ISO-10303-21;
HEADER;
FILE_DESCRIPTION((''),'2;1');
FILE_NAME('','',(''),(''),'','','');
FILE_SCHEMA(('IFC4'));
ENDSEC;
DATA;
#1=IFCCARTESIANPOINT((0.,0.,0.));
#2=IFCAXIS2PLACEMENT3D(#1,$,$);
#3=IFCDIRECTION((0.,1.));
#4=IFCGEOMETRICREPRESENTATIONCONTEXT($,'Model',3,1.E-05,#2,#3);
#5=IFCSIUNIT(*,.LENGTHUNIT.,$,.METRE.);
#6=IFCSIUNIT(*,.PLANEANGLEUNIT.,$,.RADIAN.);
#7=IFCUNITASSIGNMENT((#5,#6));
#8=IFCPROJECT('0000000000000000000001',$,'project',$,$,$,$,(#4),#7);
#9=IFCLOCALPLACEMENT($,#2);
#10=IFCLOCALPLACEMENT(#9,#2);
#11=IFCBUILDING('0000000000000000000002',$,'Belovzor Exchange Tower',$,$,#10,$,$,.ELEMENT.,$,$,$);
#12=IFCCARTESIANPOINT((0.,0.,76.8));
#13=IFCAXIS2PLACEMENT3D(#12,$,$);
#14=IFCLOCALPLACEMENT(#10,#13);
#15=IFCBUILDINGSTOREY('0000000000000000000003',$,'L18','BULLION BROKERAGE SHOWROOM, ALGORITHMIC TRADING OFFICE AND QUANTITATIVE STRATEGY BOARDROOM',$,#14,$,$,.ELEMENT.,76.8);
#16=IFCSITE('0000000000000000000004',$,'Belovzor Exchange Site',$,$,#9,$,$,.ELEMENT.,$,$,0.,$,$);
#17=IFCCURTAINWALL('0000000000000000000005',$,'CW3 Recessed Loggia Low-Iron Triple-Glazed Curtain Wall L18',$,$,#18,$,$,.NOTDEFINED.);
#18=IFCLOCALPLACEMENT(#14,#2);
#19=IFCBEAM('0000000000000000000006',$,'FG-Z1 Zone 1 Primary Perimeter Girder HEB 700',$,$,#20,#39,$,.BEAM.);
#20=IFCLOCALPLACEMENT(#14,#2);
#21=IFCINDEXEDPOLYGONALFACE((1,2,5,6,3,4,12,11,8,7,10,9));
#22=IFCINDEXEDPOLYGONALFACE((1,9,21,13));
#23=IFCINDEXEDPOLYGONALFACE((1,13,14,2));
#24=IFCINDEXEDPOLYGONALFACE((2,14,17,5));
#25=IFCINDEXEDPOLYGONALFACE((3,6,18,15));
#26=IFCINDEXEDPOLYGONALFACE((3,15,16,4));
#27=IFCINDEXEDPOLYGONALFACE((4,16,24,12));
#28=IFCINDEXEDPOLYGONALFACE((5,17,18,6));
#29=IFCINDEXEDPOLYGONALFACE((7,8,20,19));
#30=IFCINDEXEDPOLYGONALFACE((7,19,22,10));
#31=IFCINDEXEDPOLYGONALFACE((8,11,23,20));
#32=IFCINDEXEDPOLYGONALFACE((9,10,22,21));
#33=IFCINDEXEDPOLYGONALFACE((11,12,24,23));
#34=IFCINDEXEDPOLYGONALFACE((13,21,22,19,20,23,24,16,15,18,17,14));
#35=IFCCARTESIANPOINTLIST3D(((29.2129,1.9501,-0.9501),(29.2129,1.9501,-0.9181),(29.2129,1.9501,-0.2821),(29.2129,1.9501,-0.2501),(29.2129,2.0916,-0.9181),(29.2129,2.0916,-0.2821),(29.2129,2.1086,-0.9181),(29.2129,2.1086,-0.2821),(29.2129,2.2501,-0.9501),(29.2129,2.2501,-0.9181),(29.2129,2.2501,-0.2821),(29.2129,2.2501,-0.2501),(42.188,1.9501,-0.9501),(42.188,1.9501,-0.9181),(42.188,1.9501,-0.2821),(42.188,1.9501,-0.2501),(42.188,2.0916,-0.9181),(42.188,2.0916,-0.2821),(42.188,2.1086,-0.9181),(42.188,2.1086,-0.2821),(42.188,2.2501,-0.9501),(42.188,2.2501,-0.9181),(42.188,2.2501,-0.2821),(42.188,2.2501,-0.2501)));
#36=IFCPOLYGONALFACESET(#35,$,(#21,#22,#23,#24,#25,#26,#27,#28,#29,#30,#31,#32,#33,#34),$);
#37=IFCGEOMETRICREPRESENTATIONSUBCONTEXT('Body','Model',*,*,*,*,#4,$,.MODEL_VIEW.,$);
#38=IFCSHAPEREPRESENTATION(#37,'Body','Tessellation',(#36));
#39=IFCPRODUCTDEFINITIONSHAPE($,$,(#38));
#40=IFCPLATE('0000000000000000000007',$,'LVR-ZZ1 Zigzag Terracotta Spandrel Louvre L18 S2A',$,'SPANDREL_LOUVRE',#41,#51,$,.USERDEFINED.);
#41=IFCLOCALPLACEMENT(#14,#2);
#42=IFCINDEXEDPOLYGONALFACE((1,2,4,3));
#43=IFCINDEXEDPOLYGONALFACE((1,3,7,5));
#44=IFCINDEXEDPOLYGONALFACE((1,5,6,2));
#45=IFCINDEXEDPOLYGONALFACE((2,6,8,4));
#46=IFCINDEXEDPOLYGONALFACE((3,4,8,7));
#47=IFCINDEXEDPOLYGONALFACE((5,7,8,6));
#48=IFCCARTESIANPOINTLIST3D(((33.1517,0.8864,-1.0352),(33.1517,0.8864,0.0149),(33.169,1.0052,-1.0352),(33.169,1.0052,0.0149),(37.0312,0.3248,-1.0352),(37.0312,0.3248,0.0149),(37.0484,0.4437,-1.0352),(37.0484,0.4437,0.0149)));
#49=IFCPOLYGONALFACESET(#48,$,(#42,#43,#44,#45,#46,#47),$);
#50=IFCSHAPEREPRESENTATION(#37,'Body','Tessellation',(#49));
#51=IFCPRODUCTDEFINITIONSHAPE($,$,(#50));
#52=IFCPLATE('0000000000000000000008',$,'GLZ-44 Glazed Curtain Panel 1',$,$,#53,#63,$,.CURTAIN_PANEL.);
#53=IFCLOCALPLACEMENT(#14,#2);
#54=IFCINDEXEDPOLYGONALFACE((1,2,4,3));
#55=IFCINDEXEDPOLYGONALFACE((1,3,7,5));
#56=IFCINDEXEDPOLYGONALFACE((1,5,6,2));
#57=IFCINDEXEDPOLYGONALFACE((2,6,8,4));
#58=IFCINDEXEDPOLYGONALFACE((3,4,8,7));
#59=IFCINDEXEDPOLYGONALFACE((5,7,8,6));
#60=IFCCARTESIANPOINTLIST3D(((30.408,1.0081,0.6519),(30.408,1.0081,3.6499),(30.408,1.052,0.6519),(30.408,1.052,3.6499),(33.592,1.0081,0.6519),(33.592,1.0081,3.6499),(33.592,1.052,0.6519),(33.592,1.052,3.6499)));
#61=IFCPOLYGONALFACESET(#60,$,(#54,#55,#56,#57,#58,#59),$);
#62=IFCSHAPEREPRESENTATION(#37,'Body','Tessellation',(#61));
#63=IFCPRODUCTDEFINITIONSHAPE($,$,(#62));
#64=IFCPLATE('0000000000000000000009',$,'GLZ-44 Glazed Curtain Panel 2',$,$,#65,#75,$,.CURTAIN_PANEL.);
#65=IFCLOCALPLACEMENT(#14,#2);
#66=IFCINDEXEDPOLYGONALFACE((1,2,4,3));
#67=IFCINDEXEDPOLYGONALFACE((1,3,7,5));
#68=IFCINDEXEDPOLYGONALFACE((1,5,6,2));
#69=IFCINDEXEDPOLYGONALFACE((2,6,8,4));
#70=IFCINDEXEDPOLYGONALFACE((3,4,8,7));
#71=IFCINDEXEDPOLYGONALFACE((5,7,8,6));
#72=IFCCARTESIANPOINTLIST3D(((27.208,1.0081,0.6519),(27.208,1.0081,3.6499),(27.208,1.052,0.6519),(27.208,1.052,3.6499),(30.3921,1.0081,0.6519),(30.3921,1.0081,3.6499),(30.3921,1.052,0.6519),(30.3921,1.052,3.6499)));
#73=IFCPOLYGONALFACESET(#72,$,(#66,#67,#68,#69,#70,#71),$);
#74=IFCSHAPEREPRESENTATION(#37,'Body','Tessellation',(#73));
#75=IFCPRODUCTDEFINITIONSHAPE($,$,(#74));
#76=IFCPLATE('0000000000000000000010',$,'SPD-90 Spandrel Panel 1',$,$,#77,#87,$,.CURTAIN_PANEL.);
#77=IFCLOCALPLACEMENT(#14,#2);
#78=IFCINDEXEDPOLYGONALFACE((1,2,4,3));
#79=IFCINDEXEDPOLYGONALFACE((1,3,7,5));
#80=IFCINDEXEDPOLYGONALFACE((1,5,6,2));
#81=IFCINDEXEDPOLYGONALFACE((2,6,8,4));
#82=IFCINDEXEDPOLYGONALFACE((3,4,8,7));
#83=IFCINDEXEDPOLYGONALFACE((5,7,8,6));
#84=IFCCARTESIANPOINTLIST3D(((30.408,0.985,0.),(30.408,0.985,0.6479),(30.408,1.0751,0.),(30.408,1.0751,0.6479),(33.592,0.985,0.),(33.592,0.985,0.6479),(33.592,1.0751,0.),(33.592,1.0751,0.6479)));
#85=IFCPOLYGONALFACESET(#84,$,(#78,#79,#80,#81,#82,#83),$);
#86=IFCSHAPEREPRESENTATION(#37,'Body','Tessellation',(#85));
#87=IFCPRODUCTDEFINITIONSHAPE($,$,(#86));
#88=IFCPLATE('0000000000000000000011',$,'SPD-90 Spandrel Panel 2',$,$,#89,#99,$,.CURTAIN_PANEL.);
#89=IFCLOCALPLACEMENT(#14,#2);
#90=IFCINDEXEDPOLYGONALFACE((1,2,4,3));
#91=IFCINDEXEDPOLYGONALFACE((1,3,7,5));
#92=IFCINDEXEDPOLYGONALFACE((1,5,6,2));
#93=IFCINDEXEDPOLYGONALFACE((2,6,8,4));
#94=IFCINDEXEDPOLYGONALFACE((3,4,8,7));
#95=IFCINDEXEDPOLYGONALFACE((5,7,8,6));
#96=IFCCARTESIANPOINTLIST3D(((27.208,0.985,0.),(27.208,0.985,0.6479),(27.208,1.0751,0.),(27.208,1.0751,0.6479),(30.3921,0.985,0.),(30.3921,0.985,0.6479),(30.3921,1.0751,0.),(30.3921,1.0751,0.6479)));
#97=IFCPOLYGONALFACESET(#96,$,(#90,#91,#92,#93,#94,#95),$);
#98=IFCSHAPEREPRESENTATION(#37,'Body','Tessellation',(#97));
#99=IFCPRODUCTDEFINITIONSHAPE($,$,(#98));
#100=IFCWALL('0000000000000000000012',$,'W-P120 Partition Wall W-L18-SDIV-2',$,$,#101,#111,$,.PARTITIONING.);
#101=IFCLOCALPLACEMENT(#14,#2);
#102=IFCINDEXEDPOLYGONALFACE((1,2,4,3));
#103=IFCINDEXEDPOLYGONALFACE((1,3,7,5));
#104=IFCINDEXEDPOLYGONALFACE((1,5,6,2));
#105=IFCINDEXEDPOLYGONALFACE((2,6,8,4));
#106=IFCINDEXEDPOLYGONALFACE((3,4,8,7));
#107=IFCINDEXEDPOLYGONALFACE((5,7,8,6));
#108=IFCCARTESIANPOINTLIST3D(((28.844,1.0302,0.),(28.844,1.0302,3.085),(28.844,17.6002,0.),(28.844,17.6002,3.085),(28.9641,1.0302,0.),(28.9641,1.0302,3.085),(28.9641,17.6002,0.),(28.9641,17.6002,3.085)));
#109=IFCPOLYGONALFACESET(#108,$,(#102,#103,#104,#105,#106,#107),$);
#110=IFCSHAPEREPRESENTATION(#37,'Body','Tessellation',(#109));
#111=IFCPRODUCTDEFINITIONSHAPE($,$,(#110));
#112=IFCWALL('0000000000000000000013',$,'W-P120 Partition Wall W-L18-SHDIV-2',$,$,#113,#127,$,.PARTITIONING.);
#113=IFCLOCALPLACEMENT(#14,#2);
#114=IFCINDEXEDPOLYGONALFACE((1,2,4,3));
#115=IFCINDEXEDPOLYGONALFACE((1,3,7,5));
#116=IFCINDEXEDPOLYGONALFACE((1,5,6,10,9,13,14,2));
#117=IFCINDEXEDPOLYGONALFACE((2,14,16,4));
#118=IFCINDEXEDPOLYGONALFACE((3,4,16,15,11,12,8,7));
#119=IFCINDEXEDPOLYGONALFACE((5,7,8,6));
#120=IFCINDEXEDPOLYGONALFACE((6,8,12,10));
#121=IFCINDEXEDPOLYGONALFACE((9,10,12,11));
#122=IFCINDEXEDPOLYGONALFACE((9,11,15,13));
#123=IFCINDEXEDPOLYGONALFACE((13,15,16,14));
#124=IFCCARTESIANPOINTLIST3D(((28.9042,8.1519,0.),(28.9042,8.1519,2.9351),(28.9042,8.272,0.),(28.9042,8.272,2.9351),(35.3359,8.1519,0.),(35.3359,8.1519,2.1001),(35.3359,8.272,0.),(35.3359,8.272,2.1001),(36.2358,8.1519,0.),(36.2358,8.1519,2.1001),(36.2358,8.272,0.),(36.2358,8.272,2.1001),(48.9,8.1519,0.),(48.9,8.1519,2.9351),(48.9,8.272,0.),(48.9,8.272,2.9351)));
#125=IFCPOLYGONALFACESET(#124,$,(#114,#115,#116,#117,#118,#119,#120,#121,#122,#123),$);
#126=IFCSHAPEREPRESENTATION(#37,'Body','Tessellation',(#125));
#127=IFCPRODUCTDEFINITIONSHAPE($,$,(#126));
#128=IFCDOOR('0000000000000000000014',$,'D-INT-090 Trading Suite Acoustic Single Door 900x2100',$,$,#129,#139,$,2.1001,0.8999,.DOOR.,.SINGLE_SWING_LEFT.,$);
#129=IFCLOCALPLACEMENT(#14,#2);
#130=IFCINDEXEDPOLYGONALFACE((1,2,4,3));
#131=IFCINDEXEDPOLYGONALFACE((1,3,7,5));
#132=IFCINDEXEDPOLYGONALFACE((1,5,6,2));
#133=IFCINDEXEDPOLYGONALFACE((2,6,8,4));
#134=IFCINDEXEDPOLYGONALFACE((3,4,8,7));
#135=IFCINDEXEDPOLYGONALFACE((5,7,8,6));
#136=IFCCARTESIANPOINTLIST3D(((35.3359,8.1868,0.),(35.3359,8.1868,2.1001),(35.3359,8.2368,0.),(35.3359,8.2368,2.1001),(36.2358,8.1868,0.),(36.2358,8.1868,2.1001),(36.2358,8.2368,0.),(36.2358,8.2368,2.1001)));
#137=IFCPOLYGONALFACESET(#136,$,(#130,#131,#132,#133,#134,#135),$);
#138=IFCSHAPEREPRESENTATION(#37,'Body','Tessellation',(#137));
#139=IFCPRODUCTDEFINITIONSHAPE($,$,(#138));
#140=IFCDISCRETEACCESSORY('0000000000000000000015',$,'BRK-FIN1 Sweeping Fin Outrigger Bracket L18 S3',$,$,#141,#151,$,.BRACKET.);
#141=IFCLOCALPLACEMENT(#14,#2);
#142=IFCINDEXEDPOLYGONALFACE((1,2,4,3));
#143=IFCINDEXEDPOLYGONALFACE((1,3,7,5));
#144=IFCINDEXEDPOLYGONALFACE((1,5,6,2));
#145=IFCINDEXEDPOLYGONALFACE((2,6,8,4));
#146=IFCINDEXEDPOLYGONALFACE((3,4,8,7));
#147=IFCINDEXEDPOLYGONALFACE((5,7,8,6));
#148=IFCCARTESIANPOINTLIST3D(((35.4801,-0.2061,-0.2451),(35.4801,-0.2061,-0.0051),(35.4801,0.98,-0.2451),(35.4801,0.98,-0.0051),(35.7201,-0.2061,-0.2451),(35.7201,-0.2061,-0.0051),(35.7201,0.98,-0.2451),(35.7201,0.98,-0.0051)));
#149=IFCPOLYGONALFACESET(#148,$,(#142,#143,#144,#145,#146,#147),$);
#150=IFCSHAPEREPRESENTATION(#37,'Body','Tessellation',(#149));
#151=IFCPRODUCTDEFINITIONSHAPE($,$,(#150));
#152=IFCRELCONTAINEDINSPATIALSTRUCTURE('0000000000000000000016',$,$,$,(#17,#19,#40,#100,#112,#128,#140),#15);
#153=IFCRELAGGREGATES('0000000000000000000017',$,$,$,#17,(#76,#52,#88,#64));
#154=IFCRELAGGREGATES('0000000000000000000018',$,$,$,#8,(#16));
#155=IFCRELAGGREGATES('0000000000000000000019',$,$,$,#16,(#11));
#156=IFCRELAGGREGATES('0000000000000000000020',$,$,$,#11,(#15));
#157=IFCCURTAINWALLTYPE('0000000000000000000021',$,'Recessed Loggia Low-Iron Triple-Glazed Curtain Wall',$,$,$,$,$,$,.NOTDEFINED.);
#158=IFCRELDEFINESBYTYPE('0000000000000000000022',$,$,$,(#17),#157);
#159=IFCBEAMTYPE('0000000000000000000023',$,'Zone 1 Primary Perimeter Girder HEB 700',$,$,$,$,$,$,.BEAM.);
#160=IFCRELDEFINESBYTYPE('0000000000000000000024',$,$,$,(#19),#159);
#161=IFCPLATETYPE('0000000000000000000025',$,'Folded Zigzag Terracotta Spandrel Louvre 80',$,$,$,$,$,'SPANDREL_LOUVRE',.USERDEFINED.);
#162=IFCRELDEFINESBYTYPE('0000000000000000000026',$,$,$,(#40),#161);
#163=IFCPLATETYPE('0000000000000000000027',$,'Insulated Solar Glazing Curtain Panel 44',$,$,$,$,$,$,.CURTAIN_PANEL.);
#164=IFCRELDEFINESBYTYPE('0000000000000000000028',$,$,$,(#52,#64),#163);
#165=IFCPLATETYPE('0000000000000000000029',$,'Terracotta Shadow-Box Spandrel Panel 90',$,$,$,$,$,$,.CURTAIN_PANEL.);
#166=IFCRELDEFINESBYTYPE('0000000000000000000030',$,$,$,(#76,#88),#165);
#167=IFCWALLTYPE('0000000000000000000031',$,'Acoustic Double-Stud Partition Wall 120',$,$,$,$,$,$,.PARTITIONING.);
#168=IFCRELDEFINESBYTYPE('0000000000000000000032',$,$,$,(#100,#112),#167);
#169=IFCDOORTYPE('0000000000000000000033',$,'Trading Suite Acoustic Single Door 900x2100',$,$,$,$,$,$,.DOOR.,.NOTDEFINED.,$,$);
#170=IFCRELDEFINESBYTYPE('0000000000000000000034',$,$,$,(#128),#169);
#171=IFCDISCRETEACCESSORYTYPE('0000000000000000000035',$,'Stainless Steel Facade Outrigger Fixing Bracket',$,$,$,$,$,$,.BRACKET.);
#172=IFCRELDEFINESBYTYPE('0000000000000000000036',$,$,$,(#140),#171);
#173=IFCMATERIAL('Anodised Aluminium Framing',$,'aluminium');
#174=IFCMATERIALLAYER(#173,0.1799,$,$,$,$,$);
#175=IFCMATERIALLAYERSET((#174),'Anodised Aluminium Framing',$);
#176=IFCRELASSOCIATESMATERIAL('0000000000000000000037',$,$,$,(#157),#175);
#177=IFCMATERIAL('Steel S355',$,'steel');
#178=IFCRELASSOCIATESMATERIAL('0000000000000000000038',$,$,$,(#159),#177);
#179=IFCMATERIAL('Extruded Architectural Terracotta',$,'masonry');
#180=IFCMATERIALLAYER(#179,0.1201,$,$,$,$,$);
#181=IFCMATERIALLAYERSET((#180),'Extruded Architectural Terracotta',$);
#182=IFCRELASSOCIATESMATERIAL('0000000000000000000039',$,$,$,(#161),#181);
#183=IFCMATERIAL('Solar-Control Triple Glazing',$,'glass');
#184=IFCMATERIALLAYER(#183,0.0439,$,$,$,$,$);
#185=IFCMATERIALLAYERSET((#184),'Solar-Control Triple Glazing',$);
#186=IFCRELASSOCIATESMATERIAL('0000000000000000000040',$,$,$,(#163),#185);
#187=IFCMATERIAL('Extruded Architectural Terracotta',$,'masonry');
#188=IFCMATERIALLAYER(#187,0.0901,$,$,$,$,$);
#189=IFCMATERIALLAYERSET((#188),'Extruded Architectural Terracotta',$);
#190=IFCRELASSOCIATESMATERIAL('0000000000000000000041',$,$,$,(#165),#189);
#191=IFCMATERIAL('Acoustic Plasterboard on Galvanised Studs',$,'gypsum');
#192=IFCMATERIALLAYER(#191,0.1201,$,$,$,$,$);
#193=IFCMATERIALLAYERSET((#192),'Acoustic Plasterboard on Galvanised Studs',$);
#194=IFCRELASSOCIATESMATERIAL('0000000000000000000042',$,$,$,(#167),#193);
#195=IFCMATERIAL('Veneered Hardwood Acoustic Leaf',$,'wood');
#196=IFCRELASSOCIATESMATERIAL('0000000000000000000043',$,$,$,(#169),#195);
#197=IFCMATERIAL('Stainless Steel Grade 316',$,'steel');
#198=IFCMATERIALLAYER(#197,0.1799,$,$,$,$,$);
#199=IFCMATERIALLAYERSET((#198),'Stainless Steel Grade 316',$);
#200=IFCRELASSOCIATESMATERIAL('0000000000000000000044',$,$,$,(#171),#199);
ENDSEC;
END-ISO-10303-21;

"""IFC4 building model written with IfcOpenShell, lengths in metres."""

from ifc_helpers import new_model, si_unit, direction, frame, frame_2d, origin, origin_2d, place, context, subcontext, project, spatial, rectangle, i_section, extrude, material, layer, layer_set, material_profile, profile_set, type_object, element, fill, aggregate, save


model = new_model("IFC4")

# Units and contexts
model_context = context("Model", 3, precision=1e-05, world=origin(), true_north=direction((0.0, 1.0)))
body_context = subcontext(model_context, "Body", "Model", "MODEL_VIEW")
ifc_project = project(units=[si_unit("LENGTHUNIT", "METRE"), si_unit("PLANEANGLEUNIT", "RADIAN")], contexts=[model_context])

# Site, building, storey
site_placement = place(None, origin())
site = spatial("IfcSite", under=ifc_project, at=site_placement, Name="Belovzor Exchange Site", CompositionType="ELEMENT", RefElevation=0.0)
building_placement = place(site_placement, origin())
building = spatial("IfcBuilding", under=site, at=building_placement, Name="Belovzor Exchange Tower", CompositionType="ELEMENT")
storey_placement = place(building_placement, frame((0.0, 0.0, 76.8)))
storey = spatial("IfcBuildingStorey", under=building, at=storey_placement, Name="L18", Description="BULLION BROKERAGE SHOWROOM, ALGORITHMIC TRADING OFFICE AND QUANTITATIVE STRATEGY BOARDROOM", CompositionType="ELEMENT", Elevation=76.8)

# Curtain wall
ifc_material_1 = material(Name="Anodised Aluminium Framing", Category="aluminium")
ifc_layer_1 = layer(ifc_material_1, 0.1799)
ifc_layer_set_1 = layer_set([ifc_layer_1], Name="Anodised Aluminium Framing")
curtain_wall_type = type_object("IfcCurtainWallType", Name="Recessed Loggia Low-Iron Triple-Glazed Curtain Wall", PredefinedType="NOTDEFINED", material=ifc_layer_set_1)
curtain_wall_placement = place(storey_placement, origin())
curtain_wall = element("IfcCurtainWall", 1, at=curtain_wall_placement, inside=storey, type_object=curtain_wall_type, Name="CW3 Recessed Loggia Low-Iron Triple-Glazed Curtain Wall L18", PredefinedType="NOTDEFINED")

# Beam
ifc_material_2 = material(Name="Steel S355", Category="steel")
ifc_material_profile_1 = material_profile(ifc_material_2, i_section(OverallWidth=0.3, OverallDepth=0.7, WebThickness=0.0171, FlangeThickness=0.032, at=origin_2d()))
ifc_profile_set_1 = profile_set([ifc_material_profile_1], Name="Steel S355")
beam_type_1 = type_object("IfcBeamType", Name="Zone 1 Primary Perimeter Girder HEB 700", PredefinedType="BEAM", material=ifc_profile_set_1)
beam_1_placement = place(storey_placement, frame((29.2129, 2.1001, -0.6001), z_axis=(1.0, 0.0, 0.0), x_axis=(0.0, 1.0, 0.0)))
element("IfcBeam", 2, at=beam_1_placement, inside=storey, type_object=beam_type_1, Name="FG-Z1 Zone 1 Primary Perimeter Girder HEB 700", PredefinedType="BEAM", context=body_context, shape_type="SweptSolid", body=[
    extrude(i_section(OverallWidth=0.3, OverallDepth=0.7, WebThickness=0.0171, FlangeThickness=0.032, at=origin_2d()), origin(), (0.0, 0.0, 1.0), 12.9751),
])

# Plates
ifc_material_3 = material(Name="Extruded Architectural Terracotta", Category="masonry")
ifc_layer_2 = layer(ifc_material_3, 0.1201)
ifc_layer_set_2 = layer_set([ifc_layer_2], Name="Extruded Architectural Terracotta")
plate_type_1 = type_object("IfcPlateType", Name="Folded Zigzag Terracotta Spandrel Louvre 80", ElementType="SPANDREL_LOUVRE", PredefinedType="USERDEFINED", material=ifc_layer_set_2)
plate_1_placement = place(storey_placement, frame((35.1001, 0.665, -1.0352), z_axis=(0.0, 0.0, 1.0), x_axis=(0.989686, -0.143251, 0.0)))
element("IfcPlate", 3, at=plate_1_placement, inside=storey, type_object=plate_type_1, Name="LVR-ZZ1 Zigzag Terracotta Spandrel Louvre L18 S2A", ObjectType="SPANDREL_LOUVRE", PredefinedType="USERDEFINED", context=body_context, shape_type="SweptSolid", body=[
    extrude(rectangle(XDim=3.9199, YDim=0.1201, at=origin_2d()), origin(), (0.0, 0.0, 1.0), 1.05),
])
ifc_material_4 = material(Name="Solar-Control Triple Glazing", Category="glass")
ifc_layer_3 = layer(ifc_material_4, 0.0439)
ifc_layer_set_3 = layer_set([ifc_layer_3], Name="Solar-Control Triple Glazing")
plate_type_2 = type_object("IfcPlateType", Name="Insulated Solar Glazing Curtain Panel 44", PredefinedType="CURTAIN_PANEL", material=ifc_layer_set_3)
plate_2_placement = place(storey_placement, frame((32.0, 1.03, 0.6519), z_axis=(0.0, 0.0, 1.0), x_axis=(-1.0, 0.0, 0.0)))
plate_2 = element("IfcPlate", 4, at=plate_2_placement, type_object=plate_type_2, Name="GLZ-44 Glazed Curtain Panel 1", PredefinedType="CURTAIN_PANEL", context=body_context, shape_type="SweptSolid", body=[
    extrude(rectangle(XDim=3.1841, YDim=0.0439, at=origin_2d()), origin(), (0.0, 0.0, 1.0), 2.998),
])
plate_3_placement = place(storey_placement, frame((28.8, 1.03, 0.6519), z_axis=(0.0, 0.0, 1.0), x_axis=(-1.0, 0.0, 0.0)))
plate_3 = element("IfcPlate", 5, at=plate_3_placement, type_object=plate_type_2, Name="GLZ-44 Glazed Curtain Panel 2", PredefinedType="CURTAIN_PANEL", context=body_context, shape_type="SweptSolid", body=[
    extrude(rectangle(XDim=3.1841, YDim=0.0439, at=origin_2d()), origin(), (0.0, 0.0, 1.0), 2.998),
])
ifc_material_5 = material(Name="Extruded Architectural Terracotta", Category="masonry")
ifc_layer_4 = layer(ifc_material_5, 0.0901)
ifc_layer_set_4 = layer_set([ifc_layer_4], Name="Extruded Architectural Terracotta")
plate_type_3 = type_object("IfcPlateType", Name="Terracotta Shadow-Box Spandrel Panel 90", PredefinedType="CURTAIN_PANEL", material=ifc_layer_set_4)
plate_4_placement = place(storey_placement, frame((32.0, 1.03, 0.0), z_axis=(0.0, 0.0, 1.0), x_axis=(-1.0, 0.0, 0.0)))
plate_4 = element("IfcPlate", 6, at=plate_4_placement, type_object=plate_type_3, Name="SPD-90 Spandrel Panel 1", PredefinedType="CURTAIN_PANEL", context=body_context, shape_type="SweptSolid", body=[
    extrude(rectangle(XDim=3.1841, YDim=0.0901, at=origin_2d()), origin(), (0.0, 0.0, 1.0), 0.6479),
])
plate_5_placement = place(storey_placement, frame((28.8, 1.03, 0.0), z_axis=(0.0, 0.0, 1.0), x_axis=(-1.0, 0.0, 0.0)))
plate_5 = element("IfcPlate", 7, at=plate_5_placement, type_object=plate_type_3, Name="SPD-90 Spandrel Panel 2", PredefinedType="CURTAIN_PANEL", context=body_context, shape_type="SweptSolid", body=[
    extrude(rectangle(XDim=3.1841, YDim=0.0901, at=origin_2d()), origin(), (0.0, 0.0, 1.0), 0.6479),
])
aggregate(curtain_wall, [plate_4, plate_2, plate_5, plate_3])

# Wall
ifc_material_6 = material(Name="Acoustic Plasterboard on Galvanised Studs", Category="gypsum")
ifc_layer_5 = layer(ifc_material_6, 0.1201)
ifc_layer_set_5 = layer_set([ifc_layer_5], Name="Acoustic Plasterboard on Galvanised Studs")
wall_type = type_object("IfcWallType", Name="Acoustic Double-Stud Partition Wall 120", PredefinedType="PARTITIONING", material=ifc_layer_set_5)
wall_1_placement = place(storey_placement, frame((28.9041, 1.03, 0.0), z_axis=(0.0, 0.0, 1.0), x_axis=(0.0, 1.0, 0.0)))
element("IfcWall", 8, at=wall_1_placement, inside=storey, type_object=wall_type, Name="W-P120 Partition Wall W-L18-SDIV-2", PredefinedType="PARTITIONING", context=body_context, shape_type="SweptSolid", body=[
    extrude(rectangle(XDim=16.5701, YDim=0.1201, at=frame_2d((8.2852, 0.0))), origin(), (0.0, 0.0, 1.0), 3.085),
])

# Wall, opening, door
wall_2_placement = place(storey_placement, frame((28.9041, 8.2119, 0.0), z_axis=(0.0, 0.0, 1.0), x_axis=(1.0, 0.0, 0.0)))
wall_2 = element("IfcWall", 9, at=wall_2_placement, inside=storey, type_object=wall_type, Name="W-P120 Partition Wall W-L18-SHDIV-2", PredefinedType="PARTITIONING", context=body_context, shape_type="SweptSolid", body=[
    extrude(rectangle(XDim=19.9958, YDim=0.1201, at=frame_2d((9.998, 0.0))), origin(), (0.0, 0.0, 1.0), 2.9351),
])
opening_placement = place(wall_2_placement, frame((6.4319, 0.0, 0.0)))
opening = element("IfcOpeningElement", 10, at=opening_placement, cuts=wall_2, PredefinedType="OPENING", context=body_context, shape_type="SweptSolid", body=[
    extrude(rectangle(XDim=0.8999, YDim=2.1001, at=frame_2d((0.45, 1.05))), frame((0.0, 0.0701, 0.0), z_axis=(0.0, -1.0, 0.0), x_axis=(1.0, 0.0, 0.0)), (0.0, 0.0, 1.0), 0.1401),
])
ifc_material_7 = material(Name="Veneered Hardwood Acoustic Leaf", Category="wood")
door_type = type_object("IfcDoorType", Name="Trading Suite Acoustic Single Door 900x2100", OperationType="NOTDEFINED", PredefinedType="DOOR", material=ifc_material_7)
door_placement = place(opening_placement, origin())
door = element("IfcDoor", 11, at=door_placement, inside=storey, type_object=door_type, Name="D-INT-090 Trading Suite Acoustic Single Door 900x2100", OperationType="SINGLE_SWING_LEFT", OverallHeight=2.1001, OverallWidth=0.8999, PredefinedType="DOOR", context=body_context, shape_type="SweptSolid", body=[
    extrude(rectangle(XDim=0.8999, YDim=2.1001, at=frame_2d((0.45, 1.05))), frame((0.0, 0.0249, 0.0), z_axis=(0.0, -1.0, 0.0), x_axis=(1.0, 0.0, 0.0)), (0.0, 0.0, 1.0), 0.05),
])
fill(opening, door)

# Discrete accessory
ifc_material_8 = material(Name="Stainless Steel Grade 316", Category="steel")
ifc_layer_6 = layer(ifc_material_8, 0.1799)
ifc_layer_set_6 = layer_set([ifc_layer_6], Name="Stainless Steel Grade 316")
discrete_accessory_type = type_object("IfcDiscreteAccessoryType", Name="Stainless Steel Facade Outrigger Fixing Bracket", PredefinedType="BRACKET", material=ifc_layer_set_6)
discrete_accessory_placement = place(storey_placement, frame((35.6001, 0.387, -0.2451), z_axis=(0.0, 0.0, 1.0), x_axis=(0.0, 1.0, 0.0)))
element("IfcDiscreteAccessory", 12, at=discrete_accessory_placement, inside=storey, type_object=discrete_accessory_type, Name="BRK-FIN1 Sweeping Fin Outrigger Bracket L18 S3", PredefinedType="BRACKET", context=body_context, shape_type="SweptSolid", body=[
    extrude(rectangle(XDim=1.186, YDim=0.24, at=origin_2d()), origin(), (0.0, 0.0, 1.0), 0.24),
])

save(model, "model.ifc")
